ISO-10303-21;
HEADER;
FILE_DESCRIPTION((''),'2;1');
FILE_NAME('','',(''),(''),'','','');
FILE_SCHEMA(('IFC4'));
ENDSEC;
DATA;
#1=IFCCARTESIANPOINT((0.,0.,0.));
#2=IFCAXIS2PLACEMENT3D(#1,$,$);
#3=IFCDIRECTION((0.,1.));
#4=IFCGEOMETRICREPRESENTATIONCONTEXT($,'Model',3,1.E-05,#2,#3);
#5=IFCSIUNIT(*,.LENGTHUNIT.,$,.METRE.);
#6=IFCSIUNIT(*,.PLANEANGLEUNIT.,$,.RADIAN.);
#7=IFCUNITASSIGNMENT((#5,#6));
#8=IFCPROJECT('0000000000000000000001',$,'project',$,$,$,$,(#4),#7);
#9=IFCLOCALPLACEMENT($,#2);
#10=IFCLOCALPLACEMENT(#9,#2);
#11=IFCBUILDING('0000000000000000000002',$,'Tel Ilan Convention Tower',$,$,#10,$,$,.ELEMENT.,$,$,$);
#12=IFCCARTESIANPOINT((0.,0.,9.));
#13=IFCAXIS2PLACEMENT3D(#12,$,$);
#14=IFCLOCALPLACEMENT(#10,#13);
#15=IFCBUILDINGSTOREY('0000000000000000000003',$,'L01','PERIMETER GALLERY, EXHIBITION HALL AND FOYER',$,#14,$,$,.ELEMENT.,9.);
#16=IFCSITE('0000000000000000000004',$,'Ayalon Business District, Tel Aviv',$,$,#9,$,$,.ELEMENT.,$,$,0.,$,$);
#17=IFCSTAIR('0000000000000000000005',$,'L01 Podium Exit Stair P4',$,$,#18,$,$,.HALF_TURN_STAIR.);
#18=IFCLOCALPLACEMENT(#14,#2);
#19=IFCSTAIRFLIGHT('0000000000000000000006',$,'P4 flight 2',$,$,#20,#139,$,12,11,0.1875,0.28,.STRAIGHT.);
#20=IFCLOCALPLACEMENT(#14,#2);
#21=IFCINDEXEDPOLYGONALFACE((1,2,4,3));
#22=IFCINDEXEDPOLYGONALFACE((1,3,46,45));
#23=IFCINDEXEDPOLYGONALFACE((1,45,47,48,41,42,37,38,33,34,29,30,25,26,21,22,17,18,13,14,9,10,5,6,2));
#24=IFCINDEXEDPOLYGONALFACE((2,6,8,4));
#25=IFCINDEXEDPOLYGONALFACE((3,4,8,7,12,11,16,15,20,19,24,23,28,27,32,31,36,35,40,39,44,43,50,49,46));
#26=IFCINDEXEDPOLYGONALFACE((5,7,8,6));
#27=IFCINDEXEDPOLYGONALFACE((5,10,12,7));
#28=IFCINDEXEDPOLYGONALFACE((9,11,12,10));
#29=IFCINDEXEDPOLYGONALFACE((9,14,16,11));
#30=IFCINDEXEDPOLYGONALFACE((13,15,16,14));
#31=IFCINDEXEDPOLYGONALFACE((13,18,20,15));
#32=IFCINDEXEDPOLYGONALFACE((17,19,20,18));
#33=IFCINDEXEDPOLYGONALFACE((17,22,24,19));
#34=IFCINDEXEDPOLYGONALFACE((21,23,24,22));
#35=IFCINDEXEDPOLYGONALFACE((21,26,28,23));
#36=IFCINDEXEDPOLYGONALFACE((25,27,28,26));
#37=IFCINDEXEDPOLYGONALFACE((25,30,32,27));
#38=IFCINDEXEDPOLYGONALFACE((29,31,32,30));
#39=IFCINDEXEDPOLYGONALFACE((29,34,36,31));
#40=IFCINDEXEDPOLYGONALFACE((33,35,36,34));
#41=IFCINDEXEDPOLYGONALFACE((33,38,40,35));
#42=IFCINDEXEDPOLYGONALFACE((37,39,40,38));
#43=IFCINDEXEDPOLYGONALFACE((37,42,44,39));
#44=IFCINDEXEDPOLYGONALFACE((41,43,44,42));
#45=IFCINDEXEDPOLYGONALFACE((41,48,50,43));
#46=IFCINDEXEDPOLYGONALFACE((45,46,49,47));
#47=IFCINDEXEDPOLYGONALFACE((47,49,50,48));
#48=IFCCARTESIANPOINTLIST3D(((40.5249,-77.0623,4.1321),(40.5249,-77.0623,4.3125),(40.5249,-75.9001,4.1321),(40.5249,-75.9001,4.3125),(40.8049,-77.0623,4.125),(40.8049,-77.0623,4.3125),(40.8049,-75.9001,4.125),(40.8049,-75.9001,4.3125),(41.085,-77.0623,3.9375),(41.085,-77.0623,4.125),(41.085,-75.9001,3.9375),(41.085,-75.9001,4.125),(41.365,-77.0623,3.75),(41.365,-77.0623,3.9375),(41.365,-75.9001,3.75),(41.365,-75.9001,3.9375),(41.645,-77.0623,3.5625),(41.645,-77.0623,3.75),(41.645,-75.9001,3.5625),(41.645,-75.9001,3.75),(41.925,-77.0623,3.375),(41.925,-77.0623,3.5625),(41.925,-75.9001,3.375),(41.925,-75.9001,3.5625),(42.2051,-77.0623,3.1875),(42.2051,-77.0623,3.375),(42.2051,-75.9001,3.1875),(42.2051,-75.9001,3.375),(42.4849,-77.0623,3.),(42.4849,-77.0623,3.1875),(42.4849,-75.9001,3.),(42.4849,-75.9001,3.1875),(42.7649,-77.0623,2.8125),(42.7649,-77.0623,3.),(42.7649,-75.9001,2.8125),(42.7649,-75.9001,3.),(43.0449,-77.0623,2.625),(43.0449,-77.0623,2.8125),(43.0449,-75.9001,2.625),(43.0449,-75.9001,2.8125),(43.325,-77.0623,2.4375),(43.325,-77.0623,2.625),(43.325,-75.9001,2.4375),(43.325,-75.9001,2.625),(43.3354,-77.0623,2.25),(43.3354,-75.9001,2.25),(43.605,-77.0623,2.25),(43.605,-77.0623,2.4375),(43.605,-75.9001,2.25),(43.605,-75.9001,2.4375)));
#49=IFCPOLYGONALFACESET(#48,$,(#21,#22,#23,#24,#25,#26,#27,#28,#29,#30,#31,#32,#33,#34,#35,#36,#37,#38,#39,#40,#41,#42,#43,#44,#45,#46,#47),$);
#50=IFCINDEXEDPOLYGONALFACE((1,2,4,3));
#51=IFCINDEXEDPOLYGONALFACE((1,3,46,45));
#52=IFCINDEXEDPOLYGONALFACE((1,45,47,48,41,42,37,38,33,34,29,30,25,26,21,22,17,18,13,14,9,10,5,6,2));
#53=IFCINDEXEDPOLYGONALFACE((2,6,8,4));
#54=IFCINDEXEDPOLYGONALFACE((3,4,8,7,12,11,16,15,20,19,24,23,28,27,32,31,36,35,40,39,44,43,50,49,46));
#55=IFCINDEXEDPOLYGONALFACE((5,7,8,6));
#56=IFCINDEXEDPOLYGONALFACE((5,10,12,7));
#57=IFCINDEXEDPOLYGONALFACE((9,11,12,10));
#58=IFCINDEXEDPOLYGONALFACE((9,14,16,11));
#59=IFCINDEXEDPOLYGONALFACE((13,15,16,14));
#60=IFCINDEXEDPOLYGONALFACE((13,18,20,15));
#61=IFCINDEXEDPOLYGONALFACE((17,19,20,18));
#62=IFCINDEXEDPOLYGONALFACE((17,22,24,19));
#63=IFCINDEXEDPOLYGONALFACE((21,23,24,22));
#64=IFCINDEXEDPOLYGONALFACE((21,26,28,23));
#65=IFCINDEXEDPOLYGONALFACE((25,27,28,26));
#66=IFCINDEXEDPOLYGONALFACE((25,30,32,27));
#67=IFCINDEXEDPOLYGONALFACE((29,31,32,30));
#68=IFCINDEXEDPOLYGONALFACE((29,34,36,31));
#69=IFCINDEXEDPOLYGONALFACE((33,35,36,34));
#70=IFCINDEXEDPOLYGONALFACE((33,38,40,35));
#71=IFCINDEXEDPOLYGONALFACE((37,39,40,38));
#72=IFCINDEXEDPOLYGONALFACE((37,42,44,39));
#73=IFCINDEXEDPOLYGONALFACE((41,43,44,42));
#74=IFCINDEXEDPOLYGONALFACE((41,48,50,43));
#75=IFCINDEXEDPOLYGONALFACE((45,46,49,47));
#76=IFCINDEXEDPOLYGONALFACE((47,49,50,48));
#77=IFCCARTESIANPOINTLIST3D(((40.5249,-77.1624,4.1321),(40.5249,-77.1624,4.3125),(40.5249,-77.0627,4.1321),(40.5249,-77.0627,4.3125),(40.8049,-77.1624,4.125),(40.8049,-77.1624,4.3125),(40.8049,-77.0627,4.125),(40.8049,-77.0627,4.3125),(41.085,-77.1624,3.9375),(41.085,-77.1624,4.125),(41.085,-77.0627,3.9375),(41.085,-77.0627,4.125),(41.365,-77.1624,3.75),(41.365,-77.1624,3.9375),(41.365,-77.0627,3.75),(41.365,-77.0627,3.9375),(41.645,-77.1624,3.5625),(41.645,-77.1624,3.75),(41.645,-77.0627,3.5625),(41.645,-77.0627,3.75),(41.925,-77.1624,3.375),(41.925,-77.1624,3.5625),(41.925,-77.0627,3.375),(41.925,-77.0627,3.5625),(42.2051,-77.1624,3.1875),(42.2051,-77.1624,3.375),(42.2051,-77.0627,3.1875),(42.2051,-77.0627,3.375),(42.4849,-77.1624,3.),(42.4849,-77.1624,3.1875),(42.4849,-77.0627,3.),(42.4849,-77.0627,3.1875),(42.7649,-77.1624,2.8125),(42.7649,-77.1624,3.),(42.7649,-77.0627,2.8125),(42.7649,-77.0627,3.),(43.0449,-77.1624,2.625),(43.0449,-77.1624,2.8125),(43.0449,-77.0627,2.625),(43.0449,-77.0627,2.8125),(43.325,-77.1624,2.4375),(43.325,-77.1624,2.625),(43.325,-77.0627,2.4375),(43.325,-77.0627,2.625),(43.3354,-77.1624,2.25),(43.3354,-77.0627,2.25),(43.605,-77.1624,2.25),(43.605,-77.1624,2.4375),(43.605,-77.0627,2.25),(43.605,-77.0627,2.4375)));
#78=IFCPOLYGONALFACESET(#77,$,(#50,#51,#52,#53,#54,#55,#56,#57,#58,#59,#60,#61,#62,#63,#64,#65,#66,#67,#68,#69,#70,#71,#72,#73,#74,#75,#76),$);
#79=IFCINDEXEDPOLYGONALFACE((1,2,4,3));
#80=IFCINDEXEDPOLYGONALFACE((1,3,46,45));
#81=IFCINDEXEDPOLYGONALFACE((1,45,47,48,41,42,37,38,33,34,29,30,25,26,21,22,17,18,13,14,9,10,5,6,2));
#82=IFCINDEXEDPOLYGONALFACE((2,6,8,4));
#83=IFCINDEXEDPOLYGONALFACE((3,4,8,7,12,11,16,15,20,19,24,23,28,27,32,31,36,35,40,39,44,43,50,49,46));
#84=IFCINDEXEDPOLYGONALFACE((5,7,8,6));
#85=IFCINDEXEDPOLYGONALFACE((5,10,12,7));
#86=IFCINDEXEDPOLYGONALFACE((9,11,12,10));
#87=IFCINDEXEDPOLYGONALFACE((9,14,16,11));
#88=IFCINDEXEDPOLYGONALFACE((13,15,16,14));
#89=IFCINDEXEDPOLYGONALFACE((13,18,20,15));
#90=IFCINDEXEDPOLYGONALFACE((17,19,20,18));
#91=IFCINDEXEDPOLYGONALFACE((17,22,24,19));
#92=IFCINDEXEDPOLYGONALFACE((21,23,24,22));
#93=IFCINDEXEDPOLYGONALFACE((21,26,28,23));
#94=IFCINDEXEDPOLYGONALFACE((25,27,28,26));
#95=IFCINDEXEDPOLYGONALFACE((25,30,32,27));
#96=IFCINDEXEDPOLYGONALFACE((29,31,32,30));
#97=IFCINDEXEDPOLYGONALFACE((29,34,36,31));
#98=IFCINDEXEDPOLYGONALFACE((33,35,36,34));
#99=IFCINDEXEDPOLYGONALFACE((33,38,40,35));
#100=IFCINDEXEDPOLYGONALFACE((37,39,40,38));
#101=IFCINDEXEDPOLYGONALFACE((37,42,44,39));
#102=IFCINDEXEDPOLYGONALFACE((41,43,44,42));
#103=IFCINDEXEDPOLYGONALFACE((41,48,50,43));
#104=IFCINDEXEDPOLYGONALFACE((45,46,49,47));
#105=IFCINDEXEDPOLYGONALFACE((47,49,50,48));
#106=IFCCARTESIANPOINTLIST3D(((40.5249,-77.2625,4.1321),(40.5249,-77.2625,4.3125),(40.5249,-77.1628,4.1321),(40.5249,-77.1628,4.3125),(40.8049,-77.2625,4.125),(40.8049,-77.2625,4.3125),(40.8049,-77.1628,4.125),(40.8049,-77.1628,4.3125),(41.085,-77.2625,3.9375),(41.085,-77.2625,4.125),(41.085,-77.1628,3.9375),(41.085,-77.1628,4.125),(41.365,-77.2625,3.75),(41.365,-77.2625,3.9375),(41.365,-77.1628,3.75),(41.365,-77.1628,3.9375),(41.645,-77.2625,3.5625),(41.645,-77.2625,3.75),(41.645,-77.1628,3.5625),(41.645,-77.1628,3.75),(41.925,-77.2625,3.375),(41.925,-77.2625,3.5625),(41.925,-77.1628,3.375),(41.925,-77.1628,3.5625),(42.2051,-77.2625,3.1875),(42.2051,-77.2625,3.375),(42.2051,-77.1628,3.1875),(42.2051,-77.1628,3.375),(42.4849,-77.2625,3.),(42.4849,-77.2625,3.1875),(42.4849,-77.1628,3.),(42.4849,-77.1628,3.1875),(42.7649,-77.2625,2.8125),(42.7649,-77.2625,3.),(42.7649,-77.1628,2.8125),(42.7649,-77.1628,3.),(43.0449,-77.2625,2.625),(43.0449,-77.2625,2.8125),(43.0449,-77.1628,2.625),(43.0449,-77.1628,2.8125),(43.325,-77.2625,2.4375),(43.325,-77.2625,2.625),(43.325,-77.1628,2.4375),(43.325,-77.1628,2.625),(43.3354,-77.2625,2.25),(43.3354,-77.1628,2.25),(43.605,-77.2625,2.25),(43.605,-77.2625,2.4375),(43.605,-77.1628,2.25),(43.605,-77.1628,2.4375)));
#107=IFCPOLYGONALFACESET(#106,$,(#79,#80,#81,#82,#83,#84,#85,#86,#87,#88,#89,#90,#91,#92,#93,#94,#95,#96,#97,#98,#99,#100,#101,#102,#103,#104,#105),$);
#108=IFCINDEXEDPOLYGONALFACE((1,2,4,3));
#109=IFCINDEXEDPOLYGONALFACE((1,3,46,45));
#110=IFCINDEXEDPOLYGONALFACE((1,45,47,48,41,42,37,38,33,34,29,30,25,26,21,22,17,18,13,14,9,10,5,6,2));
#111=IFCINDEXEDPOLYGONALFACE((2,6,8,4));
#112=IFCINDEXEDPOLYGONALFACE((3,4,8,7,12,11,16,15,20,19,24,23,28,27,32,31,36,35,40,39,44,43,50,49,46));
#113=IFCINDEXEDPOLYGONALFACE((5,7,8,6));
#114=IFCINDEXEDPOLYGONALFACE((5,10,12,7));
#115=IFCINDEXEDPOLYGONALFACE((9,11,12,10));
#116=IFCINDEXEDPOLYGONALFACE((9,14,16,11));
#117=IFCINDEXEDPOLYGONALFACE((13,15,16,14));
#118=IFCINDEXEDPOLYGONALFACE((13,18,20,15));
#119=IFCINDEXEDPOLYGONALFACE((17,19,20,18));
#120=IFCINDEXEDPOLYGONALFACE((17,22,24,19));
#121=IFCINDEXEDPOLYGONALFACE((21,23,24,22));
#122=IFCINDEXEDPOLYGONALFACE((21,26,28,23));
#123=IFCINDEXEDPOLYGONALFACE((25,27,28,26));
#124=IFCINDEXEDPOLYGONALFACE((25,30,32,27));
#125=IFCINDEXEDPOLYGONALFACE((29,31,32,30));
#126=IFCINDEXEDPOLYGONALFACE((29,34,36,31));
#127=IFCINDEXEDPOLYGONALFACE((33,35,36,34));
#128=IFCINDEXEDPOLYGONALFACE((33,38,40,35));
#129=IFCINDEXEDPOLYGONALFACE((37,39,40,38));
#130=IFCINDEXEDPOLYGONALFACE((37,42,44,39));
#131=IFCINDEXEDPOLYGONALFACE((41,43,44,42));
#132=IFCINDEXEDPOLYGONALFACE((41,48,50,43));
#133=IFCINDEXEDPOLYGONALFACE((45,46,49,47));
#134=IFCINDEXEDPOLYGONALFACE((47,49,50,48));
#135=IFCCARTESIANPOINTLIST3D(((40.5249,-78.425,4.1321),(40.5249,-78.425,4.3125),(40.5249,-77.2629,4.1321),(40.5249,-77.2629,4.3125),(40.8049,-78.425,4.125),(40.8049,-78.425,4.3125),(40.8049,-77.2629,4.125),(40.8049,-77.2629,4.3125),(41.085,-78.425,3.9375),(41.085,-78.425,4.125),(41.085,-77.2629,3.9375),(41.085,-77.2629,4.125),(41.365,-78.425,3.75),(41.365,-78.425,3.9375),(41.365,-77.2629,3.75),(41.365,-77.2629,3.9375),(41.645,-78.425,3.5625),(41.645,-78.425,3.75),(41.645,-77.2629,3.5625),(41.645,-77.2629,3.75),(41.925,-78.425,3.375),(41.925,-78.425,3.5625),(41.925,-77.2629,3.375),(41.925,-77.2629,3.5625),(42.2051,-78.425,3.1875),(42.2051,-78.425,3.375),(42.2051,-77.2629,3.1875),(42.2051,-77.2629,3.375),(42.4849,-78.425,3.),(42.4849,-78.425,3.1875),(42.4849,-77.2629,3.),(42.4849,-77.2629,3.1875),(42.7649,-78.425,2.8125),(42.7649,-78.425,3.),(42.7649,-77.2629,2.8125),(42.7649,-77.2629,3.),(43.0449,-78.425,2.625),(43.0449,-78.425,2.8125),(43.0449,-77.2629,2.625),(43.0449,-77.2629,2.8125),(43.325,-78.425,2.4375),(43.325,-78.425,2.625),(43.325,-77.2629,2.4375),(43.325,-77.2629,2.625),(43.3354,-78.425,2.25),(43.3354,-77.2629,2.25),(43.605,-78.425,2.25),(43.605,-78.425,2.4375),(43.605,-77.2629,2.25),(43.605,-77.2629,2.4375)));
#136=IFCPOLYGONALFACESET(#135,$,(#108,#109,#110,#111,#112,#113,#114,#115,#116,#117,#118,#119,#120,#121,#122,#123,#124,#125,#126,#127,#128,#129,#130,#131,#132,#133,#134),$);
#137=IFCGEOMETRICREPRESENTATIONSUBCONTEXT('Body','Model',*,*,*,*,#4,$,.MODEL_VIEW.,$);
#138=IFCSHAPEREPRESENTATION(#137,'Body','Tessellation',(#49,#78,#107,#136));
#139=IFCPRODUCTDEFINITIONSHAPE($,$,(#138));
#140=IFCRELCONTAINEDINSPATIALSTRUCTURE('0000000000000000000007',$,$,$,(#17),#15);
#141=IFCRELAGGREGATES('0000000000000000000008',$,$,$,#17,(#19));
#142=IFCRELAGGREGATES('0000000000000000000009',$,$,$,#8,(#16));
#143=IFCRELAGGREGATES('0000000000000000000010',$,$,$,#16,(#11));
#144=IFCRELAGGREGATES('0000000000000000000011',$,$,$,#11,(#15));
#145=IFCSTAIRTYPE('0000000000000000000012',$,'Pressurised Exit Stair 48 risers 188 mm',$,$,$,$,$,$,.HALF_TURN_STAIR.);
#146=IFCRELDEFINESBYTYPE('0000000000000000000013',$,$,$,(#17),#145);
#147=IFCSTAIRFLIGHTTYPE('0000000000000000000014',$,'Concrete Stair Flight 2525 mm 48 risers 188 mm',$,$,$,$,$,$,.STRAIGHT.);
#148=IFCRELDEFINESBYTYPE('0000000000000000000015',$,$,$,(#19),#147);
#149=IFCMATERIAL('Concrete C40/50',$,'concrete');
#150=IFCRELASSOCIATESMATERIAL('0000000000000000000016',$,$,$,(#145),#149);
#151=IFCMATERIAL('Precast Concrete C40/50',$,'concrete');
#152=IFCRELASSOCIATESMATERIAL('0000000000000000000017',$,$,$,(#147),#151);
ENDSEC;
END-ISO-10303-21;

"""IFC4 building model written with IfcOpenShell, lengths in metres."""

from ifc_helpers import new_model, si_unit, direction, frame, origin, place, context, subcontext, project, spatial, polyline, outline, extrude, material, type_object, element, aggregate, save


model = new_model("IFC4")

# Units and contexts
model_context = context("Model", 3, precision=1e-05, world=origin(), true_north=direction((0.0, 1.0)))
body_context = subcontext(model_context, "Body", "Model", "MODEL_VIEW")
ifc_project = project(units=[si_unit("LENGTHUNIT", "METRE"), si_unit("PLANEANGLEUNIT", "RADIAN")], contexts=[model_context])

# Site, building, storey
site_placement = place(None, origin())
site = spatial("IfcSite", under=ifc_project, at=site_placement, Name="Ayalon Business District, Tel Aviv", CompositionType="ELEMENT", RefElevation=0.0)
building_placement = place(site_placement, origin())
building = spatial("IfcBuilding", under=site, at=building_placement, Name="Tel Ilan Convention Tower", CompositionType="ELEMENT")
storey_placement = place(building_placement, frame((0.0, 0.0, 9.0)))
storey = spatial("IfcBuildingStorey", under=building, at=storey_placement, Name="L01", Description="PERIMETER GALLERY, EXHIBITION HALL AND FOYER", CompositionType="ELEMENT", Elevation=9.0)

# Stair, stair flight
ifc_material_1 = material(Name="Concrete C40/50", Category="concrete")
stair_type = type_object("IfcStairType", Name="Pressurised Exit Stair 48 risers 188 mm", PredefinedType="HALF_TURN_STAIR", material=ifc_material_1)
stair_1_placement = place(storey_placement, origin())
stair_1 = element("IfcStair", 1, at=stair_1_placement, inside=storey, type_object=stair_type, Name="L01 Podium Exit Stair P4", PredefinedType="HALF_TURN_STAIR")
ifc_material_2 = material(Name="Precast Concrete C40/50", Category="concrete")
stair_flight_type = type_object("IfcStairFlightType", Name="Concrete Stair Flight 2525 mm 48 risers 188 mm", PredefinedType="STRAIGHT", material=ifc_material_2)
stair_flight_1_placement = place(storey_placement, frame((43.605, -77.1626, 2.25), z_axis=(0.0, 0.0, 1.0), x_axis=(-1.0, 0.0, 0.0)))
stair_flight_1 = element("IfcStairFlight", 2, at=stair_flight_1_placement, type_object=stair_flight_type, Name="P4 flight 2", NumberOfRisers=12, NumberOfTreads=11, PredefinedType="STRAIGHT", RiserHeight=0.1875, TreadLength=0.28, context=body_context, shape_type="SweptSolid", body=[
    extrude(outline(polyline([(0.0, 0.0), (0.0, 0.1875), (0.28, 0.1875), (0.28, 0.375), (0.5601, 0.375), (0.5601, 0.5625), (0.8401, 0.5625), (0.8401, 0.75), (1.1201, 0.75), (1.1201, 0.9375), (1.3999, 0.9375), (1.3999, 1.125), (1.6799, 1.125), (1.6799, 1.3125), (1.96, 1.3125), (1.96, 1.5), (2.24, 1.5), (2.24, 1.6875), (2.52, 1.6875), (2.52, 1.875), (2.8, 1.875), (2.8, 2.0625), (3.0801, 2.0625), (3.0801, 2.25), (3.0801, 1.8821), (0.2695, 0.0), (0.0, 0.0)])), frame((0.0, -0.1003, 0.0), z_axis=(0.0, -1.0, 0.0), x_axis=(1.0, 0.0, 0.0)), (0.0, 0.0, 1.0), 1.1621),
    extrude(outline(polyline([(0.0, 0.0), (0.0, 0.1875), (0.28, 0.1875), (0.28, 0.375), (0.5601, 0.375), (0.5601, 0.5625), (0.8401, 0.5625), (0.8401, 0.75), (1.1201, 0.75), (1.1201, 0.9375), (1.3999, 0.9375), (1.3999, 1.125), (1.6799, 1.125), (1.6799, 1.3125), (1.96, 1.3125), (1.96, 1.5), (2.24, 1.5), (2.24, 1.6875), (2.52, 1.6875), (2.52, 1.875), (2.8, 1.875), (2.8, 2.0625), (3.0801, 2.0625), (3.0801, 2.25), (3.0801, 1.8821), (0.2695, 0.0), (0.0, 0.0)])), frame((0.0, -0.0002, 0.0), z_axis=(0.0, -1.0, 0.0), x_axis=(1.0, 0.0, 0.0)), (0.0, 0.0, 1.0), 0.0996),
    extrude(outline(polyline([(0.0, 0.0), (0.0, 0.1875), (0.28, 0.1875), (0.28, 0.375), (0.5601, 0.375), (0.5601, 0.5625), (0.8401, 0.5625), (0.8401, 0.75), (1.1201, 0.75), (1.1201, 0.9375), (1.3999, 0.9375), (1.3999, 1.125), (1.6799, 1.125), (1.6799, 1.3125), (1.96, 1.3125), (1.96, 1.5), (2.24, 1.5), (2.24, 1.6875), (2.52, 1.6875), (2.52, 1.875), (2.8, 1.875), (2.8, 2.0625), (3.0801, 2.0625), (3.0801, 2.25), (3.0801, 1.8821), (0.2695, 0.0), (0.0, 0.0)])), frame((0.0, 0.0999, 0.0), z_axis=(0.0, -1.0, 0.0), x_axis=(1.0, 0.0, 0.0)), (0.0, 0.0, 1.0), 0.0996),
    extrude(outline(polyline([(0.0, 0.0), (0.0, 0.1875), (0.28, 0.1875), (0.28, 0.375), (0.5601, 0.375), (0.5601, 0.5625), (0.8401, 0.5625), (0.8401, 0.75), (1.1201, 0.75), (1.1201, 0.9375), (1.3999, 0.9375), (1.3999, 1.125), (1.6799, 1.125), (1.6799, 1.3125), (1.96, 1.3125), (1.96, 1.5), (2.24, 1.5), (2.24, 1.6875), (2.52, 1.6875), (2.52, 1.875), (2.8, 1.875), (2.8, 2.0625), (3.0801, 2.0625), (3.0801, 2.25), (3.0801, 1.8821), (0.2695, 0.0), (0.0, 0.0)])), frame((0.0, 1.2625, 0.0), z_axis=(0.0, -1.0, 0.0), x_axis=(1.0, 0.0, 0.0)), (0.0, 0.0, 1.0), 1.1621),
])
aggregate(stair_1, [stair_flight_1])

save(model, "model.ifc")
